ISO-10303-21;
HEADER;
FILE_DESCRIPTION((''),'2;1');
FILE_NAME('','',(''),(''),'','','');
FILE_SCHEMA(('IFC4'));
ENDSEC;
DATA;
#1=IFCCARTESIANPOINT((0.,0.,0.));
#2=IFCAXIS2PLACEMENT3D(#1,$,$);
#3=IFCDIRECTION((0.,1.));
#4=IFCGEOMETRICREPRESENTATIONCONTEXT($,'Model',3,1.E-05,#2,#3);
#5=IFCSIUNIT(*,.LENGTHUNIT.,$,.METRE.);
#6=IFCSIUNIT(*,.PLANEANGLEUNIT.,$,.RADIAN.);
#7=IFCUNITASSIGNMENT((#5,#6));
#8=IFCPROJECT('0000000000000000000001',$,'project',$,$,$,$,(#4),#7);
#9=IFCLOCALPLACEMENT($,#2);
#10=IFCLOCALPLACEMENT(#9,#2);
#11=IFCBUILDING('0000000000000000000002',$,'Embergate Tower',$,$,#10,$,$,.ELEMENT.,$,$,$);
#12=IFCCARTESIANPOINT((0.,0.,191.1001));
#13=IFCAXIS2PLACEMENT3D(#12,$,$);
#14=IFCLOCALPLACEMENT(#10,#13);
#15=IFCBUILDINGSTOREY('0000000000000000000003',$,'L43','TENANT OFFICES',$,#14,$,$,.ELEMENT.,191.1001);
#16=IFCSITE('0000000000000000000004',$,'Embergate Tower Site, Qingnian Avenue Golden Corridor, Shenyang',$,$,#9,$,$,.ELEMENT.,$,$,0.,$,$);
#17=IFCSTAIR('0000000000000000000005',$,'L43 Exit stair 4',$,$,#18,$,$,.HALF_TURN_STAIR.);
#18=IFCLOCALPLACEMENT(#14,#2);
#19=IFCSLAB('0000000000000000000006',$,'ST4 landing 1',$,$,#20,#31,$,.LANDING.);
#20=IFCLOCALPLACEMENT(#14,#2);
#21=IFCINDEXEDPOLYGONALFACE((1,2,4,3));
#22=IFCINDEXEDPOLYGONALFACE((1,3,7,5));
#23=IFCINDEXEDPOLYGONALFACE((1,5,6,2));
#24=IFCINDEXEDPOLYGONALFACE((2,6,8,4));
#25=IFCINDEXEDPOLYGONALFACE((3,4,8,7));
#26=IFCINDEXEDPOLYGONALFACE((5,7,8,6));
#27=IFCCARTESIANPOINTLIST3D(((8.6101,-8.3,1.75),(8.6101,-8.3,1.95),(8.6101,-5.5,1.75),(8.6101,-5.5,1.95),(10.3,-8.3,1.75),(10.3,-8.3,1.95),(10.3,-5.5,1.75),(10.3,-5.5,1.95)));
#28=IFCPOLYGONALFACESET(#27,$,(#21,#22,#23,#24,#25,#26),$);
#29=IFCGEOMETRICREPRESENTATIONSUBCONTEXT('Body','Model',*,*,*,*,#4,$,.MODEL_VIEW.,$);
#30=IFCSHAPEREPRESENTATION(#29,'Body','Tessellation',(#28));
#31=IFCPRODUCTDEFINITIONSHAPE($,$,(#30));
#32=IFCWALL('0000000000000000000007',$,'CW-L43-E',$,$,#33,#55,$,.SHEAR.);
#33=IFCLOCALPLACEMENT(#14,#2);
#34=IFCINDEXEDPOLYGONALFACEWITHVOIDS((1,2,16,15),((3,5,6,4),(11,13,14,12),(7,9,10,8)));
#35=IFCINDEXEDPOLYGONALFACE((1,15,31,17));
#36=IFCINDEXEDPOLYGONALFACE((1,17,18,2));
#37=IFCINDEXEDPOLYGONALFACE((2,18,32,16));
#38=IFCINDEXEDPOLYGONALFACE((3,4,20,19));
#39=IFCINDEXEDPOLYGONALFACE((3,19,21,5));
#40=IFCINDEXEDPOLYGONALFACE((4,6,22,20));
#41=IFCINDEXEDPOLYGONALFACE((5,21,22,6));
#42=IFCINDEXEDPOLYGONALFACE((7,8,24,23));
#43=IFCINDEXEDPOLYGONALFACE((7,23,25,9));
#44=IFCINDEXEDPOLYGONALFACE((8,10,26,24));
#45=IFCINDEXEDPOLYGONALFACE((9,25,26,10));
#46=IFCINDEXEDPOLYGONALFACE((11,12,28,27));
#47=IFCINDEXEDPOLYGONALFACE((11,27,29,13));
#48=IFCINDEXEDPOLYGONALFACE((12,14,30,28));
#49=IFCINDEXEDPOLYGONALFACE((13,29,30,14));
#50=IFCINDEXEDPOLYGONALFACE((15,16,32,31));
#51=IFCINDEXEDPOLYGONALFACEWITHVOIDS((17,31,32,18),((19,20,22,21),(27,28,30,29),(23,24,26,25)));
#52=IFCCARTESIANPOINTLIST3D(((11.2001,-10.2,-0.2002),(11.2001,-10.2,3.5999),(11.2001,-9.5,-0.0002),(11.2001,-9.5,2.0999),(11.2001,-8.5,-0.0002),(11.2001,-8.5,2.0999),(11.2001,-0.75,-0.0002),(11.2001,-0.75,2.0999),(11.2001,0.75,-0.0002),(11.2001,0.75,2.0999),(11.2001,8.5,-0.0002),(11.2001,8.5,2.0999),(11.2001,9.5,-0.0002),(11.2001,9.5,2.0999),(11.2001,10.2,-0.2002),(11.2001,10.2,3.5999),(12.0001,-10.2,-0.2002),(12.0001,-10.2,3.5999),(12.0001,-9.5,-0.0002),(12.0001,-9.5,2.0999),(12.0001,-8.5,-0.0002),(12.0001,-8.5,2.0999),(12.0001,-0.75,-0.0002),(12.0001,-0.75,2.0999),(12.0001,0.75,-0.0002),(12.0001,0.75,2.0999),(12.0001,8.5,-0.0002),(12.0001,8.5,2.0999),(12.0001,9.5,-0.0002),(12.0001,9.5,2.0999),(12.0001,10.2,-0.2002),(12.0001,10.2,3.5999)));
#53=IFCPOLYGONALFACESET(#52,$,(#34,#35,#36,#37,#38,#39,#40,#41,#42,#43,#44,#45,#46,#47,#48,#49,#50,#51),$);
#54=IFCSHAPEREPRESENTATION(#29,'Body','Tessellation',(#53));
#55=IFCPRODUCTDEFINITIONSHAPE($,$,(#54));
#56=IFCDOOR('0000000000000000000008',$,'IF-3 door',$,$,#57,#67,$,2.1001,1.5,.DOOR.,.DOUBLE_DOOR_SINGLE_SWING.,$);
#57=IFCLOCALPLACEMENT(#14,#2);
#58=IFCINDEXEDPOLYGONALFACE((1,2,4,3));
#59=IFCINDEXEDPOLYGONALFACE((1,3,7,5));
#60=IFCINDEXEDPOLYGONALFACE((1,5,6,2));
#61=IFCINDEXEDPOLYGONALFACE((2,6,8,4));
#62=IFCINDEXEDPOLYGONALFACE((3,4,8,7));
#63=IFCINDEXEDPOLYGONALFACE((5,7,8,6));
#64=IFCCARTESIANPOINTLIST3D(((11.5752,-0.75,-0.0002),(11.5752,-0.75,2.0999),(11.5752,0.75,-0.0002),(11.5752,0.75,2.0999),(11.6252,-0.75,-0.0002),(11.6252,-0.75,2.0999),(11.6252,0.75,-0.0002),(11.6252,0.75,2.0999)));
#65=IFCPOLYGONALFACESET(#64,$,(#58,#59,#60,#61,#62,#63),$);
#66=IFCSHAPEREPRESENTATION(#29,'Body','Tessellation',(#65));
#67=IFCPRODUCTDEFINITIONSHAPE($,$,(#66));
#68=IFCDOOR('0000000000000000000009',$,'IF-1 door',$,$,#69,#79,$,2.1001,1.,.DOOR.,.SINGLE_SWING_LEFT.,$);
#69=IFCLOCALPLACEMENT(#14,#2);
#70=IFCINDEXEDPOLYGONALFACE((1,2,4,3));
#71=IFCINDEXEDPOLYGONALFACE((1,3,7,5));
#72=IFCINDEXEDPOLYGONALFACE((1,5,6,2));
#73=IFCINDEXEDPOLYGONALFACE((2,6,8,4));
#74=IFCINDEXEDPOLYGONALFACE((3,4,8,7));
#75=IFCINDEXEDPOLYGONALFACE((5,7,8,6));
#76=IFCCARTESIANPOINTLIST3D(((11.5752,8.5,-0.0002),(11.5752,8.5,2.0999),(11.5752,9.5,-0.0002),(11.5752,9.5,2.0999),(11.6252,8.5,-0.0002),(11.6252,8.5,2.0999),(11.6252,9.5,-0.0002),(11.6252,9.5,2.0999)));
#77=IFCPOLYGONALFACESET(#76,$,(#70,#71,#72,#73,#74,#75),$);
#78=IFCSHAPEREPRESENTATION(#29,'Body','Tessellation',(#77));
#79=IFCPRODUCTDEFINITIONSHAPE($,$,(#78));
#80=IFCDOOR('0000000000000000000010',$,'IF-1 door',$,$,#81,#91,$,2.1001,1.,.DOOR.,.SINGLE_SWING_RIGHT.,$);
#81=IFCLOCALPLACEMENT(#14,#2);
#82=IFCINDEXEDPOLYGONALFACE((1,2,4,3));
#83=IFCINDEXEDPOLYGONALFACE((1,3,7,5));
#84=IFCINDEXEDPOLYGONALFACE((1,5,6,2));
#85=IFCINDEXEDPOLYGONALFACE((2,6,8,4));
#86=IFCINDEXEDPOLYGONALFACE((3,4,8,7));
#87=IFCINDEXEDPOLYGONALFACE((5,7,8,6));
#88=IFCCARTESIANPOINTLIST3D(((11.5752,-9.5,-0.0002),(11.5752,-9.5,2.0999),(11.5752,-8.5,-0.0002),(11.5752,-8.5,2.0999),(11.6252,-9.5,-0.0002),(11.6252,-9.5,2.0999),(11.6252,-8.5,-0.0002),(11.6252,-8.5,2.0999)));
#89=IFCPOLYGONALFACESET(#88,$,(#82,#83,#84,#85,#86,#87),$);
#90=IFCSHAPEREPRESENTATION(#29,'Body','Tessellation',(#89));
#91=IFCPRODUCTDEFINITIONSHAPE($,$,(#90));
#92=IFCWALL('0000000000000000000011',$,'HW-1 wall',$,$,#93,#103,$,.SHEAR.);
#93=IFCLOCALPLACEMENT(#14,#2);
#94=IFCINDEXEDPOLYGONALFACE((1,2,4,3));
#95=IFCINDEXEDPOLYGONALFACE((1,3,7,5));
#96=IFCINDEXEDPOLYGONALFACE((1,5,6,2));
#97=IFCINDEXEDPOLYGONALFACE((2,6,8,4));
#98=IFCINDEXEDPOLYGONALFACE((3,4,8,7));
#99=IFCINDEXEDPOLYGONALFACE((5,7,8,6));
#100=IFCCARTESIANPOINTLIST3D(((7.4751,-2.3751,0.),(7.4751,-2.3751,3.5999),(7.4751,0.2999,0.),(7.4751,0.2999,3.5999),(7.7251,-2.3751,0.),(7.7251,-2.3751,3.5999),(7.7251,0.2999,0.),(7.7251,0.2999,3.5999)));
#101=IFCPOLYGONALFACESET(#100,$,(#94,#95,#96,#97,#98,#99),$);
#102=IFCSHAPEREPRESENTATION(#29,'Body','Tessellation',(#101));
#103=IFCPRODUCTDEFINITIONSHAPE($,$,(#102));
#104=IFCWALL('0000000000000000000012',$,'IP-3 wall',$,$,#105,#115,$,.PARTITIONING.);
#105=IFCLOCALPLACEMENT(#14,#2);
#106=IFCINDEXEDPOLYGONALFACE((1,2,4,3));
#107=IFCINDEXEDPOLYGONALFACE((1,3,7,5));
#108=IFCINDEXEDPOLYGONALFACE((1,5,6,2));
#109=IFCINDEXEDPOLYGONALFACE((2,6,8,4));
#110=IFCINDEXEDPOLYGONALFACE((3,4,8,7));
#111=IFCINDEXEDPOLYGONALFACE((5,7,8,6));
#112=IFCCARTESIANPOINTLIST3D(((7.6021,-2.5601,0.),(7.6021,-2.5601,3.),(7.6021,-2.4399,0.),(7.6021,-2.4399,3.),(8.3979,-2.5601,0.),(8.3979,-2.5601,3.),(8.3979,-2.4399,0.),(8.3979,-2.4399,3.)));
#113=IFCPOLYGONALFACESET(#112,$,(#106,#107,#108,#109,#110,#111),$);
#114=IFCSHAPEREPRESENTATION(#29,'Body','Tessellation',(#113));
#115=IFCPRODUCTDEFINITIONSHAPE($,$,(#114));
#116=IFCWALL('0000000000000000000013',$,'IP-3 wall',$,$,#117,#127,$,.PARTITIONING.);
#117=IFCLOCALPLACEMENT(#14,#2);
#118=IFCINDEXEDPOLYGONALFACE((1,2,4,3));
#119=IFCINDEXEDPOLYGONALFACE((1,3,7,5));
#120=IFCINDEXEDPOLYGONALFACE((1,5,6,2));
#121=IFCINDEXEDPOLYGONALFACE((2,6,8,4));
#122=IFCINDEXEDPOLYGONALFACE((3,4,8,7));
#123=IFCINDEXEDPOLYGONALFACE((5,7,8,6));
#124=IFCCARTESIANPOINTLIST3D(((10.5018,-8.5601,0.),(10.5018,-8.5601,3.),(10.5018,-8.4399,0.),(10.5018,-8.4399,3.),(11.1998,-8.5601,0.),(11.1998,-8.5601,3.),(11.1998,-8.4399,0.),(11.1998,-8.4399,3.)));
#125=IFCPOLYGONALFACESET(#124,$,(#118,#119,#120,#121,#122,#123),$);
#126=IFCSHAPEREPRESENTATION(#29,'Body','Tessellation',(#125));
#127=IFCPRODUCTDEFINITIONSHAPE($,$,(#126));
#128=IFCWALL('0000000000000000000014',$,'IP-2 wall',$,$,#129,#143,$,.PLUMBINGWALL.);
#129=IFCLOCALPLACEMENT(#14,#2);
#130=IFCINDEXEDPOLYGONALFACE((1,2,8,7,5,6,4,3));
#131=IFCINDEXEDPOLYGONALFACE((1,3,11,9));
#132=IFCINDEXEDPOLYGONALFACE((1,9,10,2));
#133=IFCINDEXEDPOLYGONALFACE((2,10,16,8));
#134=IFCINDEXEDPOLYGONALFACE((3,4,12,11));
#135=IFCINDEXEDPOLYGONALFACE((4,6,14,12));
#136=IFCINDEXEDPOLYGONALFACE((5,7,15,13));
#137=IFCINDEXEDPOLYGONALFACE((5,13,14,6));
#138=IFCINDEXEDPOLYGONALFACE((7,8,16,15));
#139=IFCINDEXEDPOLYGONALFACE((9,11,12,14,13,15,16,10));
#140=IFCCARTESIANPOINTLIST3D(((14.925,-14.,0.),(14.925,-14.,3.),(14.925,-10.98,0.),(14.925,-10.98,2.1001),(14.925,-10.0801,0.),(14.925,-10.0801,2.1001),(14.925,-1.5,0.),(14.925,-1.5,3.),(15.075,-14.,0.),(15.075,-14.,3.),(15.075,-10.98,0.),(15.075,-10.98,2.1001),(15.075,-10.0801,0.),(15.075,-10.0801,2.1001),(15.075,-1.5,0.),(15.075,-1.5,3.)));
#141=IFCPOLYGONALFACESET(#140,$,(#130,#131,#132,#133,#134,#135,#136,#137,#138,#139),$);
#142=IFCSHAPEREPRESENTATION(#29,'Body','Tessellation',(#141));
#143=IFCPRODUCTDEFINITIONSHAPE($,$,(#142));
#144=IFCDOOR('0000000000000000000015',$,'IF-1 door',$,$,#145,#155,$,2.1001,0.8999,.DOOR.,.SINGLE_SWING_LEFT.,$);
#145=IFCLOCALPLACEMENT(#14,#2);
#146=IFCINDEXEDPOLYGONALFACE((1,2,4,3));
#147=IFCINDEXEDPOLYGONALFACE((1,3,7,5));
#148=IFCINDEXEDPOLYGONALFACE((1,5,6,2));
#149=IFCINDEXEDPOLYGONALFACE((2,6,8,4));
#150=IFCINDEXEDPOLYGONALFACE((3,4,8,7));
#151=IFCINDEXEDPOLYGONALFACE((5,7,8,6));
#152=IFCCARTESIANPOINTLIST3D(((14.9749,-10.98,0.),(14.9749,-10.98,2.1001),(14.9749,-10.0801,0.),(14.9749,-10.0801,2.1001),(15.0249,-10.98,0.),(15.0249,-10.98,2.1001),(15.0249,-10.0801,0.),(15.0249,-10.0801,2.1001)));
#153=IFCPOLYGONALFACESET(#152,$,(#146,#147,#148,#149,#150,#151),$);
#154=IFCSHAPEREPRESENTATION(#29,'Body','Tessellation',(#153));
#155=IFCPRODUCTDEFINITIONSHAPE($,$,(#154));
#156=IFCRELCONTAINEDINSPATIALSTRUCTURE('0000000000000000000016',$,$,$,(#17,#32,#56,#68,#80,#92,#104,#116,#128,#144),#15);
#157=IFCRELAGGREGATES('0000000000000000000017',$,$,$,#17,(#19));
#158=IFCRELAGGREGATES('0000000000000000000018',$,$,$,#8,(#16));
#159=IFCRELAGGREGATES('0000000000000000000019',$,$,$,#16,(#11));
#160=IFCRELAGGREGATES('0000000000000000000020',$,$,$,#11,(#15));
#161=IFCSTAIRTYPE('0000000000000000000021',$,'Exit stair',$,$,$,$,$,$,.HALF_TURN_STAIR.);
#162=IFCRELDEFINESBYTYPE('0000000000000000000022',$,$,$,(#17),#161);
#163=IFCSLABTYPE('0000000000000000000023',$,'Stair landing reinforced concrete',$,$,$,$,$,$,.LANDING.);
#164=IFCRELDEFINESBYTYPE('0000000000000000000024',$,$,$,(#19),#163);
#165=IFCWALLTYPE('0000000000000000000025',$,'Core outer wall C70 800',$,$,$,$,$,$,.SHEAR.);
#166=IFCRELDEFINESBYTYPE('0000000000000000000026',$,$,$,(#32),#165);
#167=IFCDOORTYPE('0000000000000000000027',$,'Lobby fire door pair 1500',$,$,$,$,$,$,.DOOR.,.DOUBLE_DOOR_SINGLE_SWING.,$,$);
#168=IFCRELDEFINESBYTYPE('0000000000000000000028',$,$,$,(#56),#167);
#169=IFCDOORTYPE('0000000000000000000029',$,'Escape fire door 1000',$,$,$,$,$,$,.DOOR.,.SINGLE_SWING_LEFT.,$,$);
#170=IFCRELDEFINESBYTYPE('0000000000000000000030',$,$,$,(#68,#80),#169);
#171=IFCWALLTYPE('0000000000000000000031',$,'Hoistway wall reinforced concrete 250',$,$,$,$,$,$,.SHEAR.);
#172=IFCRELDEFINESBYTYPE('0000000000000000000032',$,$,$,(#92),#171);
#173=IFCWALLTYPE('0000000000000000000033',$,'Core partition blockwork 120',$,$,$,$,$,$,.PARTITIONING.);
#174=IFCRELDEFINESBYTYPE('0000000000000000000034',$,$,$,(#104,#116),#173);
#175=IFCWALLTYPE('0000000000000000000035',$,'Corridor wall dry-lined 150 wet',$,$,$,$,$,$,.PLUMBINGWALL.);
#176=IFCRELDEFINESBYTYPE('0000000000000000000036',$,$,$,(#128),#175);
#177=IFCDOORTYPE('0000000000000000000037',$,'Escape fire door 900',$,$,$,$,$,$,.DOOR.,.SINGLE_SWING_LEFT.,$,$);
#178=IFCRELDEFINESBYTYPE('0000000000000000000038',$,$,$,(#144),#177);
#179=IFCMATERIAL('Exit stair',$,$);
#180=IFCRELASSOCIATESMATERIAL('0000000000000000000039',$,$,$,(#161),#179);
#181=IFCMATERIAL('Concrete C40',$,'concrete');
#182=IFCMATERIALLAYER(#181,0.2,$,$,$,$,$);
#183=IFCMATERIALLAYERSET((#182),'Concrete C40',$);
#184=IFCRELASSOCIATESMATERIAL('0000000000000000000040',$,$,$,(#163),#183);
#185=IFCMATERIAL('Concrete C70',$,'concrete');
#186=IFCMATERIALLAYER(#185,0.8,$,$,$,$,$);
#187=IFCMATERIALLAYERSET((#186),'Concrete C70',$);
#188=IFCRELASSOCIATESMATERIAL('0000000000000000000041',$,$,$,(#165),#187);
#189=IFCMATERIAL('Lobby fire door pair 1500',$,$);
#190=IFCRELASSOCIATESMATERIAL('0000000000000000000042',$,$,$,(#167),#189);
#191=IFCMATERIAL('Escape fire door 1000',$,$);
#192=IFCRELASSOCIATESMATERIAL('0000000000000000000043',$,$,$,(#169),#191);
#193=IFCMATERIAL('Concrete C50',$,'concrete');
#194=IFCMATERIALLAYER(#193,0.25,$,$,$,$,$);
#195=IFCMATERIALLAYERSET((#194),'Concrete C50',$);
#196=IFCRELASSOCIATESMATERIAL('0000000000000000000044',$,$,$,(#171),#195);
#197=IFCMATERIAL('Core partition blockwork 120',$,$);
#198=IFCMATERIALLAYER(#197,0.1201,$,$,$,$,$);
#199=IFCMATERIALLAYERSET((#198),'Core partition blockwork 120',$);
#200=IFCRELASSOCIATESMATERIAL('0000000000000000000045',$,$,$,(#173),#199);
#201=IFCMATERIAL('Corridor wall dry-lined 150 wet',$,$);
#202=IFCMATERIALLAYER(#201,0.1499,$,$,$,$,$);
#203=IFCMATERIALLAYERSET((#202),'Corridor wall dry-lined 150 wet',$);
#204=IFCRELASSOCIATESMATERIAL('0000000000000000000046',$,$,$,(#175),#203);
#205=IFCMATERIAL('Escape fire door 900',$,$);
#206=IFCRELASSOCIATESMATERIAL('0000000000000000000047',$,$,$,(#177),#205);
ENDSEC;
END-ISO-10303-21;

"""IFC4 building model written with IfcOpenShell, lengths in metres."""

from ifc_helpers import new_model, si_unit, direction, frame, frame_2d, origin, place, context, subcontext, project, spatial, polyline, rectangle, outline, extrude, source, transform, mapped, material, layer, layer_set, type_object, element, fill, aggregate, save


model = new_model("IFC4")

# Units and contexts
model_context = context("Model", 3, precision=1e-05, world=origin(), true_north=direction((0.0, 1.0)))
body_context = subcontext(model_context, "Body", "Model", "MODEL_VIEW")
ifc_project = project(units=[si_unit("LENGTHUNIT", "METRE"), si_unit("PLANEANGLEUNIT", "RADIAN")], contexts=[model_context])

# Site, building, storey
site_placement = place(None, origin())
site = spatial("IfcSite", under=ifc_project, at=site_placement, Name="Embergate Tower Site, Qingnian Avenue Golden Corridor, Shenyang", CompositionType="ELEMENT", RefElevation=0.0)
building_placement = place(site_placement, origin())
building = spatial("IfcBuilding", under=site, at=building_placement, Name="Embergate Tower", CompositionType="ELEMENT")
storey_placement = place(building_placement, frame((0.0, 0.0, 191.1001)))
storey = spatial("IfcBuildingStorey", under=building, at=storey_placement, Name="L43", Description="TENANT OFFICES", CompositionType="ELEMENT", Elevation=191.1001)

# Stair, slab
ifc_material_1 = material(Name="Exit stair")
stair_type = type_object("IfcStairType", Name="Exit stair", PredefinedType="HALF_TURN_STAIR", material=ifc_material_1)
stair_placement = place(storey_placement, origin())
stair = element("IfcStair", 1, at=stair_placement, inside=storey, type_object=stair_type, Name="L43 Exit stair 4", PredefinedType="HALF_TURN_STAIR")
ifc_material_2 = material(Name="Concrete C40", Category="concrete")
ifc_layer_1 = layer(ifc_material_2, 0.2)
ifc_layer_set_1 = layer_set([ifc_layer_1], Name="Concrete C40")
slab_type = type_object("IfcSlabType", Name="Stair landing reinforced concrete", PredefinedType="LANDING", material=ifc_layer_set_1)
shared_shape_1 = source(origin(), body_context, "Body", "SweptSolid", [
    extrude(outline(polyline([(0.0, 0.0), (1.6899, 0.0), (1.6899, 2.8), (0.0, 2.8), (0.0, 0.0)])), origin(), (0.0, 0.0, 1.0), 0.2),
])
slab_placement = place(storey_placement, frame((8.6101, -8.3, 1.75)))
slab = element("IfcSlab", 2, at=slab_placement, type_object=slab_type, Name="ST4 landing 1", PredefinedType="LANDING", context=body_context, shape_type="MappedRepresentation", body=[
    mapped(shared_shape_1, transform((0.0, 0.0, 0.0))),
])

# Wall, openings, doors
ifc_material_3 = material(Name="Concrete C70", Category="concrete")
ifc_layer_2 = layer(ifc_material_3, 0.8)
ifc_layer_set_2 = layer_set([ifc_layer_2], Name="Concrete C70")
wall_type_1 = type_object("IfcWallType", Name="Core outer wall C70 800", PredefinedType="SHEAR", material=ifc_layer_set_2)
shared_shape_2 = source(origin(), body_context, "Body", "SweptSolid", [
    extrude(rectangle(XDim=20.3999, YDim=0.8, at=frame_2d((10.2, 0.0))), origin(), (0.0, 0.0, 1.0), 3.8),
])
wall_1_placement = place(storey_placement, frame((11.6001, -10.2, -0.2002), z_axis=(0.0, 0.0, 1.0), x_axis=(0.0, 1.0, 0.0)))
wall_1 = element("IfcWall", 3, at=wall_1_placement, inside=storey, type_object=wall_type_1, Name="CW-L43-E", PredefinedType="SHEAR", context=body_context, shape_type="MappedRepresentation", body=[
    mapped(shared_shape_2, transform((0.0, 0.0, 0.0))),
])
shared_shape_3 = source(origin(), body_context, "Body", "SweptSolid", [
    extrude(rectangle(XDim=1.0, YDim=2.1001, at=frame_2d((0.5, 1.05))), frame((0.0, 0.4099, 0.0), z_axis=(0.0, -1.0, 0.0), x_axis=(1.0, 0.0, 0.0)), (0.0, 0.0, 1.0), 0.8201),
])
opening_1_placement = place(wall_1_placement, frame((18.7, 0.0, 0.2)))
opening_1 = element("IfcOpeningElement", 4, at=opening_1_placement, cuts=wall_1, PredefinedType="OPENING", context=body_context, shape_type="MappedRepresentation", body=[
    mapped(shared_shape_3, transform((0.0, 0.0, 0.0))),
])
opening_2_placement = place(wall_1_placement, frame((0.7, 0.0, 0.2)))
opening_2 = element("IfcOpeningElement", 5, at=opening_2_placement, cuts=wall_1, PredefinedType="OPENING", context=body_context, shape_type="MappedRepresentation", body=[
    mapped(shared_shape_3, transform((0.0, 0.0, 0.0))),
])
shared_shape_4 = source(origin(), body_context, "Body", "SweptSolid", [
    extrude(rectangle(XDim=1.5, YDim=2.1001, at=frame_2d((0.75, 1.05))), frame((0.0, 0.4099, 0.0), z_axis=(0.0, -1.0, 0.0), x_axis=(1.0, 0.0, 0.0)), (0.0, 0.0, 1.0), 0.8201),
])
opening_3_placement = place(wall_1_placement, frame((9.45, 0.0, 0.2)))
opening_3 = element("IfcOpeningElement", 6, at=opening_3_placement, cuts=wall_1, PredefinedType="OPENING", context=body_context, shape_type="MappedRepresentation", body=[
    mapped(shared_shape_4, transform((0.0, 0.0, 0.0))),
])
ifc_material_4 = material(Name="Lobby fire door pair 1500")
door_type_1 = type_object("IfcDoorType", Name="Lobby fire door pair 1500", OperationType="DOUBLE_DOOR_SINGLE_SWING", PredefinedType="DOOR", material=ifc_material_4)
shared_shape_5 = source(origin(), body_context, "Body", "SweptSolid", [
    extrude(rectangle(XDim=1.5, YDim=2.1001, at=frame_2d((0.75, 1.05))), frame((0.0, 0.0249, 0.0), z_axis=(0.0, -1.0, 0.0), x_axis=(1.0, 0.0, 0.0)), (0.0, 0.0, 1.0), 0.05),
])
door_1_placement = place(opening_3_placement, origin())
door_1 = element("IfcDoor", 7, at=door_1_placement, inside=storey, type_object=door_type_1, Name="IF-3 door", OperationType="DOUBLE_DOOR_SINGLE_SWING", OverallHeight=2.1001, OverallWidth=1.5, PredefinedType="DOOR", context=body_context, shape_type="MappedRepresentation", body=[
    mapped(shared_shape_5, transform((0.0, 0.0, 0.0))),
])
fill(opening_3, door_1)
ifc_material_5 = material(Name="Escape fire door 1000")
door_type_2 = type_object("IfcDoorType", Name="Escape fire door 1000", OperationType="SINGLE_SWING_LEFT", PredefinedType="DOOR", material=ifc_material_5)
shared_shape_6 = source(origin(), body_context, "Body", "SweptSolid", [
    extrude(rectangle(XDim=1.0, YDim=2.1001, at=frame_2d((0.5, 1.05))), frame((0.0, 0.0249, 0.0), z_axis=(0.0, -1.0, 0.0), x_axis=(1.0, 0.0, 0.0)), (0.0, 0.0, 1.0), 0.05),
])
door_2_placement = place(opening_1_placement, origin())
door_2 = element("IfcDoor", 8, at=door_2_placement, inside=storey, type_object=door_type_2, Name="IF-1 door", OperationType="SINGLE_SWING_LEFT", OverallHeight=2.1001, OverallWidth=1.0, PredefinedType="DOOR", context=body_context, shape_type="MappedRepresentation", body=[
    mapped(shared_shape_6, transform((0.0, 0.0, 0.0))),
])
fill(opening_1, door_2)
door_3_placement = place(opening_2_placement, origin())
door_3 = element("IfcDoor", 9, at=door_3_placement, inside=storey, type_object=door_type_2, Name="IF-1 door", OperationType="SINGLE_SWING_RIGHT", OverallHeight=2.1001, OverallWidth=1.0, PredefinedType="DOOR", context=body_context, shape_type="MappedRepresentation", body=[
    mapped(shared_shape_6, transform((0.0, 0.0, 0.0))),
])
fill(opening_2, door_3)

# Walls
ifc_material_6 = material(Name="Concrete C50", Category="concrete")
ifc_layer_3 = layer(ifc_material_6, 0.25)
ifc_layer_set_3 = layer_set([ifc_layer_3], Name="Concrete C50")
wall_type_2 = type_object("IfcWallType", Name="Hoistway wall reinforced concrete 250", PredefinedType="SHEAR", material=ifc_layer_set_3)
shared_shape_7 = source(origin(), body_context, "Body", "SweptSolid", [
    extrude(rectangle(XDim=2.675, YDim=0.25, at=frame_2d((1.3374, 0.0))), origin(), (0.0, 0.0, 1.0), 3.5999),
])
wall_2_placement = place(storey_placement, frame((7.6001, -2.375, 0.0), z_axis=(0.0, 0.0, 1.0), x_axis=(0.0, 1.0, 0.0)))
element("IfcWall", 10, at=wall_2_placement, inside=storey, type_object=wall_type_2, Name="HW-1 wall", PredefinedType="SHEAR", context=body_context, shape_type="MappedRepresentation", body=[
    mapped(shared_shape_7, transform((0.0, 0.0, 0.0))),
])
ifc_material_7 = material(Name="Core partition blockwork 120")
ifc_layer_4 = layer(ifc_material_7, 0.1201)
ifc_layer_set_4 = layer_set([ifc_layer_4], Name="Core partition blockwork 120")
wall_type_3 = type_object("IfcWallType", Name="Core partition blockwork 120", PredefinedType="PARTITIONING", material=ifc_layer_set_4)
shared_shape_8 = source(origin(), body_context, "Body", "SweptSolid", [
    extrude(rectangle(XDim=0.7959, YDim=0.1201, at=frame_2d((0.3979, 0.0))), origin(), (0.0, 0.0, 1.0), 3.0),
])
wall_3_placement = place(storey_placement, frame((7.6021, -2.5, 0.0), z_axis=(0.0, 0.0, 1.0), x_axis=(1.0, 0.0, 0.0)))
element("IfcWall", 11, at=wall_3_placement, inside=storey, type_object=wall_type_3, Name="IP-3 wall", PredefinedType="PARTITIONING", context=body_context, shape_type="MappedRepresentation", body=[
    mapped(shared_shape_8, transform((0.0, 0.0, 0.0))),
])
shared_shape_9 = source(origin(), body_context, "Body", "SweptSolid", [
    extrude(rectangle(XDim=0.698, YDim=0.1201, at=frame_2d((0.3491, 0.0))), origin(), (0.0, 0.0, 1.0), 3.0),
])
wall_4_placement = place(storey_placement, frame((11.2, -8.5, 0.0), z_axis=(0.0, 0.0, 1.0), x_axis=(-1.0, 0.0, 0.0)))
element("IfcWall", 12, at=wall_4_placement, inside=storey, type_object=wall_type_3, Name="IP-3 wall", PredefinedType="PARTITIONING", context=body_context, shape_type="MappedRepresentation", body=[
    mapped(shared_shape_9, transform((0.0, 0.0, 0.0))),
])

# Wall, opening, door
ifc_material_8 = material(Name="Corridor wall dry-lined 150 wet")
ifc_layer_5 = layer(ifc_material_8, 0.1499)
ifc_layer_set_5 = layer_set([ifc_layer_5], Name="Corridor wall dry-lined 150 wet")
wall_type_4 = type_object("IfcWallType", Name="Corridor wall dry-lined 150 wet", PredefinedType="PLUMBINGWALL", material=ifc_layer_set_5)
shared_shape_10 = source(origin(), body_context, "Body", "SweptSolid", [
    extrude(rectangle(XDim=12.5, YDim=0.1499, at=frame_2d((6.25, 0.0))), origin(), (0.0, 0.0, 1.0), 3.0),
])
wall_5_placement = place(storey_placement, frame((15.0, -1.5, 0.0), z_axis=(0.0, 0.0, 1.0), x_axis=(0.0, -1.0, 0.0)))
wall_5 = element("IfcWall", 13, at=wall_5_placement, inside=storey, type_object=wall_type_4, Name="IP-2 wall", PredefinedType="PLUMBINGWALL", context=body_context, shape_type="MappedRepresentation", body=[
    mapped(shared_shape_10, transform((0.0, 0.0, 0.0))),
])
shared_shape_11 = source(origin(), body_context, "Body", "SweptSolid", [
    extrude(rectangle(XDim=0.8999, YDim=2.1001, at=frame_2d((0.45, 1.05))), frame((0.0, 0.085, 0.0), z_axis=(0.0, -1.0, 0.0), x_axis=(1.0, 0.0, 0.0)), (0.0, 0.0, 1.0), 0.1699),
])
opening_4_placement = place(wall_5_placement, frame((8.5801, 0.0, 0.0)))
opening_4 = element("IfcOpeningElement", 14, at=opening_4_placement, cuts=wall_5, PredefinedType="OPENING", context=body_context, shape_type="MappedRepresentation", body=[
    mapped(shared_shape_11, transform((0.0, 0.0, 0.0))),
])
ifc_material_9 = material(Name="Escape fire door 900")
door_type_3 = type_object("IfcDoorType", Name="Escape fire door 900", OperationType="SINGLE_SWING_LEFT", PredefinedType="DOOR", material=ifc_material_9)
shared_shape_12 = source(origin(), body_context, "Body", "SweptSolid", [
    extrude(rectangle(XDim=0.8999, YDim=2.1001, at=frame_2d((0.45, 1.05))), frame((0.0, 0.0249, 0.0), z_axis=(0.0, -1.0, 0.0), x_axis=(1.0, 0.0, 0.0)), (0.0, 0.0, 1.0), 0.05),
])
door_4_placement = place(opening_4_placement, origin())
door_4 = element("IfcDoor", 15, at=door_4_placement, inside=storey, type_object=door_type_3, Name="IF-1 door", OperationType="SINGLE_SWING_LEFT", OverallHeight=2.1001, OverallWidth=0.8999, PredefinedType="DOOR", context=body_context, shape_type="MappedRepresentation", body=[
    mapped(shared_shape_12, transform((0.0, 0.0, 0.0))),
])
fill(opening_4, door_4)

aggregate(stair, [slab])

save(model, "model.ifc")
